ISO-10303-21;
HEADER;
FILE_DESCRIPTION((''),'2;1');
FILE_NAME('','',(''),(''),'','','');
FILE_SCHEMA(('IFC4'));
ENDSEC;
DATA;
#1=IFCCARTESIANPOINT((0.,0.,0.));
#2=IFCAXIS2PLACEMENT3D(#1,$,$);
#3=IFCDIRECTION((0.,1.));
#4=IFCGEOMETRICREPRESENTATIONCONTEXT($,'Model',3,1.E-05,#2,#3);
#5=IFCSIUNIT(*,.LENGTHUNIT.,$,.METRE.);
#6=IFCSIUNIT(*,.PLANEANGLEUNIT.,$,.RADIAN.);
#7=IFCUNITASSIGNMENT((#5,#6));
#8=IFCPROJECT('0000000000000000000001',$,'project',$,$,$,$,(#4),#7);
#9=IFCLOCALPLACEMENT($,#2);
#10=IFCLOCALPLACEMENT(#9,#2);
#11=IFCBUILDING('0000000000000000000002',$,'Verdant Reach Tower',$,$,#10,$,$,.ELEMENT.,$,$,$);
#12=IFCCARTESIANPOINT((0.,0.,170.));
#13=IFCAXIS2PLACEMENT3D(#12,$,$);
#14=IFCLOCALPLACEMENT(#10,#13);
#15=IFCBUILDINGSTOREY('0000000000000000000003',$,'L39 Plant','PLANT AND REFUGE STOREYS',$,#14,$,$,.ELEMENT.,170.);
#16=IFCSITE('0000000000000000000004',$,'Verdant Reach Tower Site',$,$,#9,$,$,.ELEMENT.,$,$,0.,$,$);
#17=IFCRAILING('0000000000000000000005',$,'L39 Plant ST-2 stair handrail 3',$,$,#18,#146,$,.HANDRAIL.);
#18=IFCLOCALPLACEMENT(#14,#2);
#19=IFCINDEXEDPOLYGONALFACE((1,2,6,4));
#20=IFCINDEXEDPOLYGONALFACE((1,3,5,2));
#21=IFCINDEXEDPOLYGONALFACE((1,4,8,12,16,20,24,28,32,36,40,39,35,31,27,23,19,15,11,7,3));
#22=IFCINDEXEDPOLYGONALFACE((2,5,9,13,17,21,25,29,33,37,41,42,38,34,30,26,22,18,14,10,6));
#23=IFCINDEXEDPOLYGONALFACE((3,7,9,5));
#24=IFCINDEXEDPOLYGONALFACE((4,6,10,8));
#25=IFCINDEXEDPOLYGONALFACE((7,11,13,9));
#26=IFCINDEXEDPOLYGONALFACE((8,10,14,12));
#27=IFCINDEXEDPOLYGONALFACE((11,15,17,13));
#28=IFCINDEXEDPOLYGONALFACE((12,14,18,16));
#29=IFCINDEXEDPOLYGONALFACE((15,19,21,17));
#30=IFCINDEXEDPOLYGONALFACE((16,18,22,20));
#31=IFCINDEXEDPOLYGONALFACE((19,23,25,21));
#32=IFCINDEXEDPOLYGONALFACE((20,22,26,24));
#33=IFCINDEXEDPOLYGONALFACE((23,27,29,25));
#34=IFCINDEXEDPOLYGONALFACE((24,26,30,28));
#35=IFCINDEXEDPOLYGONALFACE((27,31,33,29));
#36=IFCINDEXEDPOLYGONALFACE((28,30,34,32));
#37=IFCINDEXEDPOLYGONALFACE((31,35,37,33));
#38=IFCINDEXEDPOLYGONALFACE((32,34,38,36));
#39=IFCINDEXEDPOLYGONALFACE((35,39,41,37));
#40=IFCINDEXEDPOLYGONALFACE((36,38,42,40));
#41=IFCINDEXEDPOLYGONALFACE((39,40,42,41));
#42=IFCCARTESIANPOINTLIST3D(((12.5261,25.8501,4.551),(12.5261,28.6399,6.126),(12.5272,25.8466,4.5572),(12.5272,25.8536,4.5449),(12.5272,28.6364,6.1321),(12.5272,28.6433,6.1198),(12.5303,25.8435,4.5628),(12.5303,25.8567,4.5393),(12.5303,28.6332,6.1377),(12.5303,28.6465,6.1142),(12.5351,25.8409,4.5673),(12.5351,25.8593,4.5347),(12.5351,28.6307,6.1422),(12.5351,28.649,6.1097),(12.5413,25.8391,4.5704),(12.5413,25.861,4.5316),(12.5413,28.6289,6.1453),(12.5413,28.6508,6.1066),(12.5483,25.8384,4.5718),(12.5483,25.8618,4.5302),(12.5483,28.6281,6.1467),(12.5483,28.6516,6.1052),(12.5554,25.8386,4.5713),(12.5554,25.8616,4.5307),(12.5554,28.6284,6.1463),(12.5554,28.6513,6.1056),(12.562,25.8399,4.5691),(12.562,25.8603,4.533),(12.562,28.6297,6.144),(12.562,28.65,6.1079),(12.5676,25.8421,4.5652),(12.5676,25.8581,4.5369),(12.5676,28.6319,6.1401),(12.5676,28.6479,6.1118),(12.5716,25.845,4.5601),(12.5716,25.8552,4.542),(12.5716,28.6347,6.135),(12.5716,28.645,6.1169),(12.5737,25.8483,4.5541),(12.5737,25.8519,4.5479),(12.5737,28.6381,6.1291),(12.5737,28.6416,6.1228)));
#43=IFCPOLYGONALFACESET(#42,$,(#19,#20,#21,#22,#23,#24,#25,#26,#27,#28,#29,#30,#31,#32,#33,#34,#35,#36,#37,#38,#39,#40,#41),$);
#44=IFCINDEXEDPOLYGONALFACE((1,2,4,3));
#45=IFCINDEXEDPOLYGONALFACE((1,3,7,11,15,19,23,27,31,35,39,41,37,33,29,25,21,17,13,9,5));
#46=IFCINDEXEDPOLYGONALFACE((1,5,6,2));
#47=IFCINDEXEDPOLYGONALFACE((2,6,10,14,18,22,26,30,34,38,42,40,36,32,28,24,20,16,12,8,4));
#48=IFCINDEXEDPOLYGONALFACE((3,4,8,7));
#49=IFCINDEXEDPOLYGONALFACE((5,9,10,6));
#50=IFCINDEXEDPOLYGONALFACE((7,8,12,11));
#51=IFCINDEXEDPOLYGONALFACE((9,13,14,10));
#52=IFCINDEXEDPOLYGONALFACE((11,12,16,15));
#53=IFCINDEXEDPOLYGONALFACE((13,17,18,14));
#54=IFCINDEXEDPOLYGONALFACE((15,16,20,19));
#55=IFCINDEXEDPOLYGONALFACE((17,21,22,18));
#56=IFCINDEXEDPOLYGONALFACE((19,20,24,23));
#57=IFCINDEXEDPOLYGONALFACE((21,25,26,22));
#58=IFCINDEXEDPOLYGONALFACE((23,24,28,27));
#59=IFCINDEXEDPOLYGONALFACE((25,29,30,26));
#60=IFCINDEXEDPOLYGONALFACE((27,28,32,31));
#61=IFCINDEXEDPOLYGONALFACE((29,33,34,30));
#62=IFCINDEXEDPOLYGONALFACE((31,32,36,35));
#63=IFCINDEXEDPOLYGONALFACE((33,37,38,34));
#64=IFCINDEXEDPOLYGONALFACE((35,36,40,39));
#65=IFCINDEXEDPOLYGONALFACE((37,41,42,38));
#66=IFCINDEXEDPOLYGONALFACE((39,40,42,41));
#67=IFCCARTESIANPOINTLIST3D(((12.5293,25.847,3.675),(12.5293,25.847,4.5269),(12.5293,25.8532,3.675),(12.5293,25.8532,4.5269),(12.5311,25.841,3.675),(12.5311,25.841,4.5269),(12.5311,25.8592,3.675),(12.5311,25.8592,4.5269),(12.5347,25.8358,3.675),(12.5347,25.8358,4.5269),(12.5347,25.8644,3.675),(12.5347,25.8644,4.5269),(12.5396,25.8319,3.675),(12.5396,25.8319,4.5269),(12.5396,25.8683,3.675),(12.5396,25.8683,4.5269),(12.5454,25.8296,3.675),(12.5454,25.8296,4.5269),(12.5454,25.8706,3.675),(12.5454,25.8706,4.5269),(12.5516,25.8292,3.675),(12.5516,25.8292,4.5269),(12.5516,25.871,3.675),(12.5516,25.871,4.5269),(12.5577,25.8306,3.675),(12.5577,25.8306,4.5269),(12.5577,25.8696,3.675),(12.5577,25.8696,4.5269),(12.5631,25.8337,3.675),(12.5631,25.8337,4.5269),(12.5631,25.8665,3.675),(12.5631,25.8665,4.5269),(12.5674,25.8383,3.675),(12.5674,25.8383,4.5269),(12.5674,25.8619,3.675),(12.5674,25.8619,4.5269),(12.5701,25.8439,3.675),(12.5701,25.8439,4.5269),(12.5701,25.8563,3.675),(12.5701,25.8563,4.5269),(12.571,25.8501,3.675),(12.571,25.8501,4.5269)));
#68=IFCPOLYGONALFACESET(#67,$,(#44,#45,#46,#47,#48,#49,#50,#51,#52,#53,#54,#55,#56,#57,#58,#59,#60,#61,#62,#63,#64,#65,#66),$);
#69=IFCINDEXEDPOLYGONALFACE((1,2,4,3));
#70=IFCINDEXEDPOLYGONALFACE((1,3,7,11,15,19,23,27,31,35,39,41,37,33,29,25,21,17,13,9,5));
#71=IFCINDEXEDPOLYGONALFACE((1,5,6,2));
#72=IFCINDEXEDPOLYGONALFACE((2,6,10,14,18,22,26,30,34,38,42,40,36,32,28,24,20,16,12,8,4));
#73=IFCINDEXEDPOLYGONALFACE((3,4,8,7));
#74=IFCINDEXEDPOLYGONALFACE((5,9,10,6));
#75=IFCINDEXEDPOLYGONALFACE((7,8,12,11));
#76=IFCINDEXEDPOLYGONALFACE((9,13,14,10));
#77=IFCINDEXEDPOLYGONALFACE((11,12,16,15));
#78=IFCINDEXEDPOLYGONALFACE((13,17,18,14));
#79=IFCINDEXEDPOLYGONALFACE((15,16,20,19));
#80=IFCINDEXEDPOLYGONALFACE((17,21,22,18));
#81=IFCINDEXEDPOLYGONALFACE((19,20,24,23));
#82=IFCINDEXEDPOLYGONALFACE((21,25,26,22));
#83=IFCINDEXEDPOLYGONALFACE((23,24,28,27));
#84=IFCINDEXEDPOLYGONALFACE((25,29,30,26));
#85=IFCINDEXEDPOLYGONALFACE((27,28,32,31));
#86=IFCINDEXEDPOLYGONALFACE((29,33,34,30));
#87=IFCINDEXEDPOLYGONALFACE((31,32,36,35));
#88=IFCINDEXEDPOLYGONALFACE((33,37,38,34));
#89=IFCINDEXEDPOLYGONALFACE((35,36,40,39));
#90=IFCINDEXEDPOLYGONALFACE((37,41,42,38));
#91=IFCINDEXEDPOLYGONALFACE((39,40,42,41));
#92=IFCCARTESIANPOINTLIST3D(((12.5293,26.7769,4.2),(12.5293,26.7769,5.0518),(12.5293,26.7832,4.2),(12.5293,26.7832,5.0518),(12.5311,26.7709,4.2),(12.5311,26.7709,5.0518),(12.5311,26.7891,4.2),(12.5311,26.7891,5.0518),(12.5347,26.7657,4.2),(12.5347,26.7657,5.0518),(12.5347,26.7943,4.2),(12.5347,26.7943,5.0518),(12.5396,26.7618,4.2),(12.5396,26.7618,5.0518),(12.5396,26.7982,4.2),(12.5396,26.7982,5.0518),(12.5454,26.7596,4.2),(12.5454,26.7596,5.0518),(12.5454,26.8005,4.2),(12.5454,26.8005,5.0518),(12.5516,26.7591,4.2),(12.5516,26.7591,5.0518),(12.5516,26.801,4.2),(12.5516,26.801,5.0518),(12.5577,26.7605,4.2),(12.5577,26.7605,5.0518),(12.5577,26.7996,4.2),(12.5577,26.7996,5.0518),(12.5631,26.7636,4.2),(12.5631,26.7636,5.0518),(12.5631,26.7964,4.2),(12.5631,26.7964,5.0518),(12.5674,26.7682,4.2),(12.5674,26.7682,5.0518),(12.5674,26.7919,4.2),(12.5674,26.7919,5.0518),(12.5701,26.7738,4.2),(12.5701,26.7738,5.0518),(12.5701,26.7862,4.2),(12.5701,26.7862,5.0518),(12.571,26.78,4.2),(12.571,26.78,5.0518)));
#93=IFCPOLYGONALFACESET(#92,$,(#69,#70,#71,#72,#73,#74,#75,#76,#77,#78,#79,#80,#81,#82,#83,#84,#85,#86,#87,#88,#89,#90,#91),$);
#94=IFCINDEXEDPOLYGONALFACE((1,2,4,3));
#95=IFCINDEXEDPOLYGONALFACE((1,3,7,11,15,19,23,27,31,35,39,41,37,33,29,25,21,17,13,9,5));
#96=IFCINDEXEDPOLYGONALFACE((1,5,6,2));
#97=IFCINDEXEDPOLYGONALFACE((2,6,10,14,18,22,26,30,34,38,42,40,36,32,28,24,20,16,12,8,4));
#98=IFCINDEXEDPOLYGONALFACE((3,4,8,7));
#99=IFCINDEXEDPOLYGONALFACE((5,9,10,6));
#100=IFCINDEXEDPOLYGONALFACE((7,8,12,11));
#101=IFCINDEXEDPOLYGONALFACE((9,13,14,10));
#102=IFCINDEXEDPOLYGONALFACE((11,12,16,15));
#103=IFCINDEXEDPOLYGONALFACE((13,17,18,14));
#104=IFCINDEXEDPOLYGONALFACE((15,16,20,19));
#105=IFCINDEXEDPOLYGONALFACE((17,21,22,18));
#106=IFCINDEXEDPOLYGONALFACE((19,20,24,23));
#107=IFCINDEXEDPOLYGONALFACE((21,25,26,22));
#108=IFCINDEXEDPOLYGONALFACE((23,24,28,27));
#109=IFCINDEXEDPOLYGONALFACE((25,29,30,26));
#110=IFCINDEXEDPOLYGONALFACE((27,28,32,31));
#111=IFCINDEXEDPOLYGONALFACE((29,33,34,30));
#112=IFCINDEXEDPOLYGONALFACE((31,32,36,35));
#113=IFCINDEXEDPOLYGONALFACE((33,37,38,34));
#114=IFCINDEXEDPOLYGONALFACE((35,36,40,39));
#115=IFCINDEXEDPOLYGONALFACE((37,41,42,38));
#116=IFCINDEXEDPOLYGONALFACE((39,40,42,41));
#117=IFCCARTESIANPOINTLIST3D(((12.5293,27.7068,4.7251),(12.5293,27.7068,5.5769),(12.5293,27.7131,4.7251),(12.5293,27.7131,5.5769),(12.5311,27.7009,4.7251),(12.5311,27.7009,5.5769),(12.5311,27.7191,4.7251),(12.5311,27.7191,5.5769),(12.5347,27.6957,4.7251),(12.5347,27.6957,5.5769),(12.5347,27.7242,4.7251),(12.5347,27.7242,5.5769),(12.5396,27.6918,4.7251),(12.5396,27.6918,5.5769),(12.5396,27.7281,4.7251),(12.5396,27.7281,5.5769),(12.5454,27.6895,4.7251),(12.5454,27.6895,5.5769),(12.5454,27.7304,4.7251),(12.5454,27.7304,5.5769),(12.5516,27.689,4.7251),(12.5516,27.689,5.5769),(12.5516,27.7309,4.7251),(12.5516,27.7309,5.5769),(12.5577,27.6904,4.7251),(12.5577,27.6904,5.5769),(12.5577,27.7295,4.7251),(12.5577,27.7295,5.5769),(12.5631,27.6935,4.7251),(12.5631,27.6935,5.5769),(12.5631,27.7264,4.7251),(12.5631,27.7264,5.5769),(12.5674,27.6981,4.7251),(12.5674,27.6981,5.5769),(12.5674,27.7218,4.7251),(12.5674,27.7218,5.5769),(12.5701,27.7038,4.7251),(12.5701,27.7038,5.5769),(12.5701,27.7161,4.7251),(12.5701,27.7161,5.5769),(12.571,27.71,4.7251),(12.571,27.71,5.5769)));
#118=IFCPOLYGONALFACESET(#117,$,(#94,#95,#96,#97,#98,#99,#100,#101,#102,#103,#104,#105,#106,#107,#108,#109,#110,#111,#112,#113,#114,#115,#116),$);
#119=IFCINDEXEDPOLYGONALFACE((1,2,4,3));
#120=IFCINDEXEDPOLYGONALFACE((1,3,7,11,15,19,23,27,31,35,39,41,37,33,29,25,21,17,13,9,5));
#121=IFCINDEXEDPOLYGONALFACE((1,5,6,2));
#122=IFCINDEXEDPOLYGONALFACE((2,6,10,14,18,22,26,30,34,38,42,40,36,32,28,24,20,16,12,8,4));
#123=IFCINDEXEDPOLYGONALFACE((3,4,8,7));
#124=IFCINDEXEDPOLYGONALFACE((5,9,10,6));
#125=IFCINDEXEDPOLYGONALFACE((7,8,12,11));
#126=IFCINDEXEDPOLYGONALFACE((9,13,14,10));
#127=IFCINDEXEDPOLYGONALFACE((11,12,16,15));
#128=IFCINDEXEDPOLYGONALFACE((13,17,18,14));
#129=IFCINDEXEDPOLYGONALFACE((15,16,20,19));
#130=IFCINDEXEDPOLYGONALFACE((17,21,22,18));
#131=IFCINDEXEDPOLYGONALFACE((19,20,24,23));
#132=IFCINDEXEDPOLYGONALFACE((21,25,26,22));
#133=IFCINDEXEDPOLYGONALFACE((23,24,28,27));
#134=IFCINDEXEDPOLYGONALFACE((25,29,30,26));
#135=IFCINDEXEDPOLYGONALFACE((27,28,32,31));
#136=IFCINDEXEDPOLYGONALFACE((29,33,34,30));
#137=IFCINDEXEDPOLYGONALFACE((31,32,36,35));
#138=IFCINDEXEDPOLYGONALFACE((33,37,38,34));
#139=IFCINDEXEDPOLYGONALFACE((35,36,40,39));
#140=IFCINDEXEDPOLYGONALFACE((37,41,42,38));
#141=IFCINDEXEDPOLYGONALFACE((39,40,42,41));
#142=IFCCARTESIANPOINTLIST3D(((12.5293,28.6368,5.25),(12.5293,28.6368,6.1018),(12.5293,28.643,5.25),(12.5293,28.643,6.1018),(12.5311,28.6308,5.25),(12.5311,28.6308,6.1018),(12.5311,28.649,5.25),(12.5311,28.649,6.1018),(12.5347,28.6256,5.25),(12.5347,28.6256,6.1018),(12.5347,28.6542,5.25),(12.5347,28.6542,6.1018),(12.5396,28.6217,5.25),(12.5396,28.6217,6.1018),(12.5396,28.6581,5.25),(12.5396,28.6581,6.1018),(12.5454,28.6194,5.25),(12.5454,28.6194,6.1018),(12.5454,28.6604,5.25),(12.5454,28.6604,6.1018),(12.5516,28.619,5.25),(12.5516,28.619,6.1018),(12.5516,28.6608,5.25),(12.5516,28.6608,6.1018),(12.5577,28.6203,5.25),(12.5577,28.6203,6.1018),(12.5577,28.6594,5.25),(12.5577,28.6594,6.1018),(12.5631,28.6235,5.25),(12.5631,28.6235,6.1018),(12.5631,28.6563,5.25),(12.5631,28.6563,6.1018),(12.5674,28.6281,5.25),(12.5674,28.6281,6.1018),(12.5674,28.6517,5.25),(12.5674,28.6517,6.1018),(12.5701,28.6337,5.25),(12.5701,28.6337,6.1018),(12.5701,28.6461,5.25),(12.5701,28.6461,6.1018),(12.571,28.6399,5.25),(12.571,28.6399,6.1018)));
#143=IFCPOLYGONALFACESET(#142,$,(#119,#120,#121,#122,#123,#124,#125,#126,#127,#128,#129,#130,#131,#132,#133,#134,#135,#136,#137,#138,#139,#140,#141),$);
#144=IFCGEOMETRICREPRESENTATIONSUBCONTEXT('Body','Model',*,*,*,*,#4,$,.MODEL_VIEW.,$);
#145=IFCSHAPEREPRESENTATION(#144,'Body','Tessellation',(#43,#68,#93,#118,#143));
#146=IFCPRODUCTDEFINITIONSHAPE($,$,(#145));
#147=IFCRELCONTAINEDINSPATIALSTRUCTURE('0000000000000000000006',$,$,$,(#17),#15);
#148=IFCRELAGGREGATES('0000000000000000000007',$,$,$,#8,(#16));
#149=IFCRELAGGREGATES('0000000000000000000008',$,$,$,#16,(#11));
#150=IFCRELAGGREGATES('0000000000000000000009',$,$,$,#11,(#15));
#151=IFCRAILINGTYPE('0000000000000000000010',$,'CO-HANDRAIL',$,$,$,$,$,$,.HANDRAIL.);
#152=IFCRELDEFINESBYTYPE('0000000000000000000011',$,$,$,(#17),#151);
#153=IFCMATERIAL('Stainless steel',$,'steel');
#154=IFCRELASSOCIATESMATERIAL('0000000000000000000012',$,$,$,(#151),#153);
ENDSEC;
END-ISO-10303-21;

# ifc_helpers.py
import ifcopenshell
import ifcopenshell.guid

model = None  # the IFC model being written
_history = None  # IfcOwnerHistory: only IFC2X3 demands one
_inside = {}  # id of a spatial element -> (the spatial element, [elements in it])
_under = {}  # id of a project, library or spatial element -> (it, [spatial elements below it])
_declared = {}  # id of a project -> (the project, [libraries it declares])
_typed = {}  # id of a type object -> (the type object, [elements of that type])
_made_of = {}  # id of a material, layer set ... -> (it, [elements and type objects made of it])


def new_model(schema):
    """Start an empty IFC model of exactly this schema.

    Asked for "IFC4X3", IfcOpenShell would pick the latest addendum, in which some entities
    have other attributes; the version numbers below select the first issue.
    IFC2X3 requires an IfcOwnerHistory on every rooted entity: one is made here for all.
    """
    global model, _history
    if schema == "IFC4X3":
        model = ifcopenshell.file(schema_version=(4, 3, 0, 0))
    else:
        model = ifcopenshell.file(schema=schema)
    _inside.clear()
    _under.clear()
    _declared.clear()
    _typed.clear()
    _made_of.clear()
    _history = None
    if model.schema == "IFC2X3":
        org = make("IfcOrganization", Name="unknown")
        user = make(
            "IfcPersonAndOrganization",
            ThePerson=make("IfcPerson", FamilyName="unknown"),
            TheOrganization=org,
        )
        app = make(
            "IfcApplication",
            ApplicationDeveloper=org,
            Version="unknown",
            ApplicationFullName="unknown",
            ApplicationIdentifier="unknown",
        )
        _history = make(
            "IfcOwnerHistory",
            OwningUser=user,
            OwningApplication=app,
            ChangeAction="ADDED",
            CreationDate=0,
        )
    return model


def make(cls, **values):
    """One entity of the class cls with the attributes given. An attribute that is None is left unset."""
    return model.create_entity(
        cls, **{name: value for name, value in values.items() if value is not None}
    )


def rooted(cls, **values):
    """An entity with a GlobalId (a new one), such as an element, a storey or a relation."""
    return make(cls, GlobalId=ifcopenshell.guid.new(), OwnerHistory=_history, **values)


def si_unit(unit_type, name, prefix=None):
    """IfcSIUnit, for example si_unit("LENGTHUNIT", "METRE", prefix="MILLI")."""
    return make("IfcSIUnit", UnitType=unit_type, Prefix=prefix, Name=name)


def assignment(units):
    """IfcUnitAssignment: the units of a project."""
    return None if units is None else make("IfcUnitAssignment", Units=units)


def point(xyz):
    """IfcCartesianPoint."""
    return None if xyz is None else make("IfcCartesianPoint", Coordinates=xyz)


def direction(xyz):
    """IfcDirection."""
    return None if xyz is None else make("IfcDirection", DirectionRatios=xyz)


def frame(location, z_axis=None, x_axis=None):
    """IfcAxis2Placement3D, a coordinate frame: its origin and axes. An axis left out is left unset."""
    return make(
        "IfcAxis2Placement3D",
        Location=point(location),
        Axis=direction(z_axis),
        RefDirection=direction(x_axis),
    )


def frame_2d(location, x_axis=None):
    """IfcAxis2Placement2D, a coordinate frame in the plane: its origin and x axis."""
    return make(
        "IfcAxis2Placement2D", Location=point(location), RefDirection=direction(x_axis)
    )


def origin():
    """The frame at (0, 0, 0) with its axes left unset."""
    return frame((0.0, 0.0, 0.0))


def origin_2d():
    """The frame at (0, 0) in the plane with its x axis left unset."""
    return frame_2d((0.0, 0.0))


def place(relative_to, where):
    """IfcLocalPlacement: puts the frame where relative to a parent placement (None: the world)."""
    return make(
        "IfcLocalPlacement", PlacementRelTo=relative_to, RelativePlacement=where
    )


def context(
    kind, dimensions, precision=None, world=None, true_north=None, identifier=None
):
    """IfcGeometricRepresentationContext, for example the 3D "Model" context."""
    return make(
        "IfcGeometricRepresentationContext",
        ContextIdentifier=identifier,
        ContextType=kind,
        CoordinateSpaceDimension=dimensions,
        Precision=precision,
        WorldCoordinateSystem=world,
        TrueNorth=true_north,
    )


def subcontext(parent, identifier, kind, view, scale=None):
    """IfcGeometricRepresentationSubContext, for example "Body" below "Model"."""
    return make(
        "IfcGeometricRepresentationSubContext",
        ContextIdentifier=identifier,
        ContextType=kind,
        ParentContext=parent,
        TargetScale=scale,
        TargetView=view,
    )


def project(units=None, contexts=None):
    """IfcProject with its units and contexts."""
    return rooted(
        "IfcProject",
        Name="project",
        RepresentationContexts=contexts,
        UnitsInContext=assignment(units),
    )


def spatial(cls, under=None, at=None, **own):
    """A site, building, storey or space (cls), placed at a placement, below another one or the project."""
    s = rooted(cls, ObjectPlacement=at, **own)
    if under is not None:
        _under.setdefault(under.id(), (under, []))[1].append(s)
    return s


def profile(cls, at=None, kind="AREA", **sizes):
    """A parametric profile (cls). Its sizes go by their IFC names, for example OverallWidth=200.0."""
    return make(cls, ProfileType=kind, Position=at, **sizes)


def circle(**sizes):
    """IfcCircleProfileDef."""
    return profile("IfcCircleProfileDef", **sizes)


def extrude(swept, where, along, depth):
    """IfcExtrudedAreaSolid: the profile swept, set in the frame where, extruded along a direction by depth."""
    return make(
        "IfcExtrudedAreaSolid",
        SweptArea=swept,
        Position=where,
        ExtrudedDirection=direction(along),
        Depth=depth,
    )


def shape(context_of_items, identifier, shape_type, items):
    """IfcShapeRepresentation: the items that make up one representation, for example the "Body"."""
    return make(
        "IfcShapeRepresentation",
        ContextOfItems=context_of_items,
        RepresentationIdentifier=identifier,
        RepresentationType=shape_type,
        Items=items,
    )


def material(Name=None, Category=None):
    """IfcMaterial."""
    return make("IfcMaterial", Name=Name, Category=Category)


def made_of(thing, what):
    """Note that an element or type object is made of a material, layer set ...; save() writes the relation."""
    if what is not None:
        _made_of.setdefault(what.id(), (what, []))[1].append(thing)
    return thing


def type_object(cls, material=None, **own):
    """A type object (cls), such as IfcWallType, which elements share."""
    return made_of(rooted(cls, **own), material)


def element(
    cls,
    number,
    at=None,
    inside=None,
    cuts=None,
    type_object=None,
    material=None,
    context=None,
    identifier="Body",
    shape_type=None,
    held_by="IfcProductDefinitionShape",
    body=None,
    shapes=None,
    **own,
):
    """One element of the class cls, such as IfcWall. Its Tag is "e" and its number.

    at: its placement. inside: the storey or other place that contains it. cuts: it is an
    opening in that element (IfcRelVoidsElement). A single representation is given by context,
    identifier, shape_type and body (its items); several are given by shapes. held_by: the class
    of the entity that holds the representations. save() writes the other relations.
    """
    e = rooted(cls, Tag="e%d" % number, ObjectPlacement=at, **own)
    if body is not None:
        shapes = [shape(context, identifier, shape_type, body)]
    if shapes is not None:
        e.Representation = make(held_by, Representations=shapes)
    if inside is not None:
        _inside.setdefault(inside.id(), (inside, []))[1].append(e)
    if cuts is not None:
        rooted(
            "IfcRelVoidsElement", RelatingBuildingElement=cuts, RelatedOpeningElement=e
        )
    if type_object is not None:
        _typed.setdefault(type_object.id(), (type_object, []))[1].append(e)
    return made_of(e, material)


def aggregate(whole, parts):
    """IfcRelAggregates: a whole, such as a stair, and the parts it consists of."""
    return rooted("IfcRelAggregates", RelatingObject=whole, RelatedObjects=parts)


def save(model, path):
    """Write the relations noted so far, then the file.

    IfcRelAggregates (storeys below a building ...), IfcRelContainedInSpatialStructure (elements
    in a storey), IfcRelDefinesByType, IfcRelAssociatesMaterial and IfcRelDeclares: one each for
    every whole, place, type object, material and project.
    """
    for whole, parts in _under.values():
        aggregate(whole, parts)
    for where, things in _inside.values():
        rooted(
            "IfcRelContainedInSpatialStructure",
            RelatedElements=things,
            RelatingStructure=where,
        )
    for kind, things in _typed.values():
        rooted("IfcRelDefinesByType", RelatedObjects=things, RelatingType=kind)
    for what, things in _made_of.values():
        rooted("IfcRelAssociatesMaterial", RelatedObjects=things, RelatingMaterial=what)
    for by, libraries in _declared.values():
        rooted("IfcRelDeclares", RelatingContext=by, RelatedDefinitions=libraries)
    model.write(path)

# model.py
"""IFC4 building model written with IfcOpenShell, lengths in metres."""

from ifc_helpers import new_model, si_unit, direction, frame, origin, origin_2d, place, context, subcontext, project, spatial, circle, extrude, material, type_object, element, save


model = new_model("IFC4")

# Units and contexts
model_context = context("Model", 3, precision=1e-05, world=origin(), true_north=direction((0.0, 1.0)))
body_context = subcontext(model_context, "Body", "Model", "MODEL_VIEW")
ifc_project = project(units=[si_unit("LENGTHUNIT", "METRE"), si_unit("PLANEANGLEUNIT", "RADIAN")], contexts=[model_context])

# Site, building, storey
site_placement = place(None, origin())
site = spatial("IfcSite", under=ifc_project, at=site_placement, Name="Verdant Reach Tower Site", CompositionType="ELEMENT", RefElevation=0.0)
building_placement = place(site_placement, origin())
building = spatial("IfcBuilding", under=site, at=building_placement, Name="Verdant Reach Tower", CompositionType="ELEMENT")
storey_placement = place(building_placement, frame((0.0, 0.0, 170.0)))
storey = spatial("IfcBuildingStorey", under=building, at=storey_placement, Name="L39 Plant", Description="PLANT AND REFUGE STOREYS", CompositionType="ELEMENT", Elevation=170.0)

# Railing
ifc_material_1 = material(Name="Stainless steel", Category="steel")
railing_type_1 = type_object("IfcRailingType", Name="CO-HANDRAIL", PredefinedType="HANDRAIL", material=ifc_material_1)
for number, where, name in (
    (1, (12.55, 25.8501, 3.675), "L39 Plant ST-2 stair handrail 3"),
):
    element("IfcRailing", number, at=place(storey_placement, frame(where)), inside=storey, type_object=railing_type_1, Name=name, PredefinedType="HANDRAIL", context=body_context, shape_type="SweptSolid", body=[
        extrude(circle(Radius=0.0239, at=origin_2d()), frame((0.0, 0.0, 0.876), z_axis=(0.0, 0.870815, 0.49161), x_axis=(-1.0, 0.0, 0.0)), (0.0, 0.0, 1.0), 3.2036),
        extrude(circle(Radius=0.021, at=origin_2d()), origin(), (0.0, 0.0, 1.0), 0.8518),
        extrude(circle(Radius=0.021, at=origin_2d()), frame((0.0, 0.9299, 0.5249)), (0.0, 0.0, 1.0), 0.8518),
        extrude(circle(Radius=0.021, at=origin_2d()), frame((0.0, 1.8599, 1.05)), (0.0, 0.0, 1.0), 0.8518),
        extrude(circle(Radius=0.021, at=origin_2d()), frame((0.0, 2.7898, 1.575)), (0.0, 0.0, 1.0), 0.8518),
    ])

save(model, "model.ifc")
